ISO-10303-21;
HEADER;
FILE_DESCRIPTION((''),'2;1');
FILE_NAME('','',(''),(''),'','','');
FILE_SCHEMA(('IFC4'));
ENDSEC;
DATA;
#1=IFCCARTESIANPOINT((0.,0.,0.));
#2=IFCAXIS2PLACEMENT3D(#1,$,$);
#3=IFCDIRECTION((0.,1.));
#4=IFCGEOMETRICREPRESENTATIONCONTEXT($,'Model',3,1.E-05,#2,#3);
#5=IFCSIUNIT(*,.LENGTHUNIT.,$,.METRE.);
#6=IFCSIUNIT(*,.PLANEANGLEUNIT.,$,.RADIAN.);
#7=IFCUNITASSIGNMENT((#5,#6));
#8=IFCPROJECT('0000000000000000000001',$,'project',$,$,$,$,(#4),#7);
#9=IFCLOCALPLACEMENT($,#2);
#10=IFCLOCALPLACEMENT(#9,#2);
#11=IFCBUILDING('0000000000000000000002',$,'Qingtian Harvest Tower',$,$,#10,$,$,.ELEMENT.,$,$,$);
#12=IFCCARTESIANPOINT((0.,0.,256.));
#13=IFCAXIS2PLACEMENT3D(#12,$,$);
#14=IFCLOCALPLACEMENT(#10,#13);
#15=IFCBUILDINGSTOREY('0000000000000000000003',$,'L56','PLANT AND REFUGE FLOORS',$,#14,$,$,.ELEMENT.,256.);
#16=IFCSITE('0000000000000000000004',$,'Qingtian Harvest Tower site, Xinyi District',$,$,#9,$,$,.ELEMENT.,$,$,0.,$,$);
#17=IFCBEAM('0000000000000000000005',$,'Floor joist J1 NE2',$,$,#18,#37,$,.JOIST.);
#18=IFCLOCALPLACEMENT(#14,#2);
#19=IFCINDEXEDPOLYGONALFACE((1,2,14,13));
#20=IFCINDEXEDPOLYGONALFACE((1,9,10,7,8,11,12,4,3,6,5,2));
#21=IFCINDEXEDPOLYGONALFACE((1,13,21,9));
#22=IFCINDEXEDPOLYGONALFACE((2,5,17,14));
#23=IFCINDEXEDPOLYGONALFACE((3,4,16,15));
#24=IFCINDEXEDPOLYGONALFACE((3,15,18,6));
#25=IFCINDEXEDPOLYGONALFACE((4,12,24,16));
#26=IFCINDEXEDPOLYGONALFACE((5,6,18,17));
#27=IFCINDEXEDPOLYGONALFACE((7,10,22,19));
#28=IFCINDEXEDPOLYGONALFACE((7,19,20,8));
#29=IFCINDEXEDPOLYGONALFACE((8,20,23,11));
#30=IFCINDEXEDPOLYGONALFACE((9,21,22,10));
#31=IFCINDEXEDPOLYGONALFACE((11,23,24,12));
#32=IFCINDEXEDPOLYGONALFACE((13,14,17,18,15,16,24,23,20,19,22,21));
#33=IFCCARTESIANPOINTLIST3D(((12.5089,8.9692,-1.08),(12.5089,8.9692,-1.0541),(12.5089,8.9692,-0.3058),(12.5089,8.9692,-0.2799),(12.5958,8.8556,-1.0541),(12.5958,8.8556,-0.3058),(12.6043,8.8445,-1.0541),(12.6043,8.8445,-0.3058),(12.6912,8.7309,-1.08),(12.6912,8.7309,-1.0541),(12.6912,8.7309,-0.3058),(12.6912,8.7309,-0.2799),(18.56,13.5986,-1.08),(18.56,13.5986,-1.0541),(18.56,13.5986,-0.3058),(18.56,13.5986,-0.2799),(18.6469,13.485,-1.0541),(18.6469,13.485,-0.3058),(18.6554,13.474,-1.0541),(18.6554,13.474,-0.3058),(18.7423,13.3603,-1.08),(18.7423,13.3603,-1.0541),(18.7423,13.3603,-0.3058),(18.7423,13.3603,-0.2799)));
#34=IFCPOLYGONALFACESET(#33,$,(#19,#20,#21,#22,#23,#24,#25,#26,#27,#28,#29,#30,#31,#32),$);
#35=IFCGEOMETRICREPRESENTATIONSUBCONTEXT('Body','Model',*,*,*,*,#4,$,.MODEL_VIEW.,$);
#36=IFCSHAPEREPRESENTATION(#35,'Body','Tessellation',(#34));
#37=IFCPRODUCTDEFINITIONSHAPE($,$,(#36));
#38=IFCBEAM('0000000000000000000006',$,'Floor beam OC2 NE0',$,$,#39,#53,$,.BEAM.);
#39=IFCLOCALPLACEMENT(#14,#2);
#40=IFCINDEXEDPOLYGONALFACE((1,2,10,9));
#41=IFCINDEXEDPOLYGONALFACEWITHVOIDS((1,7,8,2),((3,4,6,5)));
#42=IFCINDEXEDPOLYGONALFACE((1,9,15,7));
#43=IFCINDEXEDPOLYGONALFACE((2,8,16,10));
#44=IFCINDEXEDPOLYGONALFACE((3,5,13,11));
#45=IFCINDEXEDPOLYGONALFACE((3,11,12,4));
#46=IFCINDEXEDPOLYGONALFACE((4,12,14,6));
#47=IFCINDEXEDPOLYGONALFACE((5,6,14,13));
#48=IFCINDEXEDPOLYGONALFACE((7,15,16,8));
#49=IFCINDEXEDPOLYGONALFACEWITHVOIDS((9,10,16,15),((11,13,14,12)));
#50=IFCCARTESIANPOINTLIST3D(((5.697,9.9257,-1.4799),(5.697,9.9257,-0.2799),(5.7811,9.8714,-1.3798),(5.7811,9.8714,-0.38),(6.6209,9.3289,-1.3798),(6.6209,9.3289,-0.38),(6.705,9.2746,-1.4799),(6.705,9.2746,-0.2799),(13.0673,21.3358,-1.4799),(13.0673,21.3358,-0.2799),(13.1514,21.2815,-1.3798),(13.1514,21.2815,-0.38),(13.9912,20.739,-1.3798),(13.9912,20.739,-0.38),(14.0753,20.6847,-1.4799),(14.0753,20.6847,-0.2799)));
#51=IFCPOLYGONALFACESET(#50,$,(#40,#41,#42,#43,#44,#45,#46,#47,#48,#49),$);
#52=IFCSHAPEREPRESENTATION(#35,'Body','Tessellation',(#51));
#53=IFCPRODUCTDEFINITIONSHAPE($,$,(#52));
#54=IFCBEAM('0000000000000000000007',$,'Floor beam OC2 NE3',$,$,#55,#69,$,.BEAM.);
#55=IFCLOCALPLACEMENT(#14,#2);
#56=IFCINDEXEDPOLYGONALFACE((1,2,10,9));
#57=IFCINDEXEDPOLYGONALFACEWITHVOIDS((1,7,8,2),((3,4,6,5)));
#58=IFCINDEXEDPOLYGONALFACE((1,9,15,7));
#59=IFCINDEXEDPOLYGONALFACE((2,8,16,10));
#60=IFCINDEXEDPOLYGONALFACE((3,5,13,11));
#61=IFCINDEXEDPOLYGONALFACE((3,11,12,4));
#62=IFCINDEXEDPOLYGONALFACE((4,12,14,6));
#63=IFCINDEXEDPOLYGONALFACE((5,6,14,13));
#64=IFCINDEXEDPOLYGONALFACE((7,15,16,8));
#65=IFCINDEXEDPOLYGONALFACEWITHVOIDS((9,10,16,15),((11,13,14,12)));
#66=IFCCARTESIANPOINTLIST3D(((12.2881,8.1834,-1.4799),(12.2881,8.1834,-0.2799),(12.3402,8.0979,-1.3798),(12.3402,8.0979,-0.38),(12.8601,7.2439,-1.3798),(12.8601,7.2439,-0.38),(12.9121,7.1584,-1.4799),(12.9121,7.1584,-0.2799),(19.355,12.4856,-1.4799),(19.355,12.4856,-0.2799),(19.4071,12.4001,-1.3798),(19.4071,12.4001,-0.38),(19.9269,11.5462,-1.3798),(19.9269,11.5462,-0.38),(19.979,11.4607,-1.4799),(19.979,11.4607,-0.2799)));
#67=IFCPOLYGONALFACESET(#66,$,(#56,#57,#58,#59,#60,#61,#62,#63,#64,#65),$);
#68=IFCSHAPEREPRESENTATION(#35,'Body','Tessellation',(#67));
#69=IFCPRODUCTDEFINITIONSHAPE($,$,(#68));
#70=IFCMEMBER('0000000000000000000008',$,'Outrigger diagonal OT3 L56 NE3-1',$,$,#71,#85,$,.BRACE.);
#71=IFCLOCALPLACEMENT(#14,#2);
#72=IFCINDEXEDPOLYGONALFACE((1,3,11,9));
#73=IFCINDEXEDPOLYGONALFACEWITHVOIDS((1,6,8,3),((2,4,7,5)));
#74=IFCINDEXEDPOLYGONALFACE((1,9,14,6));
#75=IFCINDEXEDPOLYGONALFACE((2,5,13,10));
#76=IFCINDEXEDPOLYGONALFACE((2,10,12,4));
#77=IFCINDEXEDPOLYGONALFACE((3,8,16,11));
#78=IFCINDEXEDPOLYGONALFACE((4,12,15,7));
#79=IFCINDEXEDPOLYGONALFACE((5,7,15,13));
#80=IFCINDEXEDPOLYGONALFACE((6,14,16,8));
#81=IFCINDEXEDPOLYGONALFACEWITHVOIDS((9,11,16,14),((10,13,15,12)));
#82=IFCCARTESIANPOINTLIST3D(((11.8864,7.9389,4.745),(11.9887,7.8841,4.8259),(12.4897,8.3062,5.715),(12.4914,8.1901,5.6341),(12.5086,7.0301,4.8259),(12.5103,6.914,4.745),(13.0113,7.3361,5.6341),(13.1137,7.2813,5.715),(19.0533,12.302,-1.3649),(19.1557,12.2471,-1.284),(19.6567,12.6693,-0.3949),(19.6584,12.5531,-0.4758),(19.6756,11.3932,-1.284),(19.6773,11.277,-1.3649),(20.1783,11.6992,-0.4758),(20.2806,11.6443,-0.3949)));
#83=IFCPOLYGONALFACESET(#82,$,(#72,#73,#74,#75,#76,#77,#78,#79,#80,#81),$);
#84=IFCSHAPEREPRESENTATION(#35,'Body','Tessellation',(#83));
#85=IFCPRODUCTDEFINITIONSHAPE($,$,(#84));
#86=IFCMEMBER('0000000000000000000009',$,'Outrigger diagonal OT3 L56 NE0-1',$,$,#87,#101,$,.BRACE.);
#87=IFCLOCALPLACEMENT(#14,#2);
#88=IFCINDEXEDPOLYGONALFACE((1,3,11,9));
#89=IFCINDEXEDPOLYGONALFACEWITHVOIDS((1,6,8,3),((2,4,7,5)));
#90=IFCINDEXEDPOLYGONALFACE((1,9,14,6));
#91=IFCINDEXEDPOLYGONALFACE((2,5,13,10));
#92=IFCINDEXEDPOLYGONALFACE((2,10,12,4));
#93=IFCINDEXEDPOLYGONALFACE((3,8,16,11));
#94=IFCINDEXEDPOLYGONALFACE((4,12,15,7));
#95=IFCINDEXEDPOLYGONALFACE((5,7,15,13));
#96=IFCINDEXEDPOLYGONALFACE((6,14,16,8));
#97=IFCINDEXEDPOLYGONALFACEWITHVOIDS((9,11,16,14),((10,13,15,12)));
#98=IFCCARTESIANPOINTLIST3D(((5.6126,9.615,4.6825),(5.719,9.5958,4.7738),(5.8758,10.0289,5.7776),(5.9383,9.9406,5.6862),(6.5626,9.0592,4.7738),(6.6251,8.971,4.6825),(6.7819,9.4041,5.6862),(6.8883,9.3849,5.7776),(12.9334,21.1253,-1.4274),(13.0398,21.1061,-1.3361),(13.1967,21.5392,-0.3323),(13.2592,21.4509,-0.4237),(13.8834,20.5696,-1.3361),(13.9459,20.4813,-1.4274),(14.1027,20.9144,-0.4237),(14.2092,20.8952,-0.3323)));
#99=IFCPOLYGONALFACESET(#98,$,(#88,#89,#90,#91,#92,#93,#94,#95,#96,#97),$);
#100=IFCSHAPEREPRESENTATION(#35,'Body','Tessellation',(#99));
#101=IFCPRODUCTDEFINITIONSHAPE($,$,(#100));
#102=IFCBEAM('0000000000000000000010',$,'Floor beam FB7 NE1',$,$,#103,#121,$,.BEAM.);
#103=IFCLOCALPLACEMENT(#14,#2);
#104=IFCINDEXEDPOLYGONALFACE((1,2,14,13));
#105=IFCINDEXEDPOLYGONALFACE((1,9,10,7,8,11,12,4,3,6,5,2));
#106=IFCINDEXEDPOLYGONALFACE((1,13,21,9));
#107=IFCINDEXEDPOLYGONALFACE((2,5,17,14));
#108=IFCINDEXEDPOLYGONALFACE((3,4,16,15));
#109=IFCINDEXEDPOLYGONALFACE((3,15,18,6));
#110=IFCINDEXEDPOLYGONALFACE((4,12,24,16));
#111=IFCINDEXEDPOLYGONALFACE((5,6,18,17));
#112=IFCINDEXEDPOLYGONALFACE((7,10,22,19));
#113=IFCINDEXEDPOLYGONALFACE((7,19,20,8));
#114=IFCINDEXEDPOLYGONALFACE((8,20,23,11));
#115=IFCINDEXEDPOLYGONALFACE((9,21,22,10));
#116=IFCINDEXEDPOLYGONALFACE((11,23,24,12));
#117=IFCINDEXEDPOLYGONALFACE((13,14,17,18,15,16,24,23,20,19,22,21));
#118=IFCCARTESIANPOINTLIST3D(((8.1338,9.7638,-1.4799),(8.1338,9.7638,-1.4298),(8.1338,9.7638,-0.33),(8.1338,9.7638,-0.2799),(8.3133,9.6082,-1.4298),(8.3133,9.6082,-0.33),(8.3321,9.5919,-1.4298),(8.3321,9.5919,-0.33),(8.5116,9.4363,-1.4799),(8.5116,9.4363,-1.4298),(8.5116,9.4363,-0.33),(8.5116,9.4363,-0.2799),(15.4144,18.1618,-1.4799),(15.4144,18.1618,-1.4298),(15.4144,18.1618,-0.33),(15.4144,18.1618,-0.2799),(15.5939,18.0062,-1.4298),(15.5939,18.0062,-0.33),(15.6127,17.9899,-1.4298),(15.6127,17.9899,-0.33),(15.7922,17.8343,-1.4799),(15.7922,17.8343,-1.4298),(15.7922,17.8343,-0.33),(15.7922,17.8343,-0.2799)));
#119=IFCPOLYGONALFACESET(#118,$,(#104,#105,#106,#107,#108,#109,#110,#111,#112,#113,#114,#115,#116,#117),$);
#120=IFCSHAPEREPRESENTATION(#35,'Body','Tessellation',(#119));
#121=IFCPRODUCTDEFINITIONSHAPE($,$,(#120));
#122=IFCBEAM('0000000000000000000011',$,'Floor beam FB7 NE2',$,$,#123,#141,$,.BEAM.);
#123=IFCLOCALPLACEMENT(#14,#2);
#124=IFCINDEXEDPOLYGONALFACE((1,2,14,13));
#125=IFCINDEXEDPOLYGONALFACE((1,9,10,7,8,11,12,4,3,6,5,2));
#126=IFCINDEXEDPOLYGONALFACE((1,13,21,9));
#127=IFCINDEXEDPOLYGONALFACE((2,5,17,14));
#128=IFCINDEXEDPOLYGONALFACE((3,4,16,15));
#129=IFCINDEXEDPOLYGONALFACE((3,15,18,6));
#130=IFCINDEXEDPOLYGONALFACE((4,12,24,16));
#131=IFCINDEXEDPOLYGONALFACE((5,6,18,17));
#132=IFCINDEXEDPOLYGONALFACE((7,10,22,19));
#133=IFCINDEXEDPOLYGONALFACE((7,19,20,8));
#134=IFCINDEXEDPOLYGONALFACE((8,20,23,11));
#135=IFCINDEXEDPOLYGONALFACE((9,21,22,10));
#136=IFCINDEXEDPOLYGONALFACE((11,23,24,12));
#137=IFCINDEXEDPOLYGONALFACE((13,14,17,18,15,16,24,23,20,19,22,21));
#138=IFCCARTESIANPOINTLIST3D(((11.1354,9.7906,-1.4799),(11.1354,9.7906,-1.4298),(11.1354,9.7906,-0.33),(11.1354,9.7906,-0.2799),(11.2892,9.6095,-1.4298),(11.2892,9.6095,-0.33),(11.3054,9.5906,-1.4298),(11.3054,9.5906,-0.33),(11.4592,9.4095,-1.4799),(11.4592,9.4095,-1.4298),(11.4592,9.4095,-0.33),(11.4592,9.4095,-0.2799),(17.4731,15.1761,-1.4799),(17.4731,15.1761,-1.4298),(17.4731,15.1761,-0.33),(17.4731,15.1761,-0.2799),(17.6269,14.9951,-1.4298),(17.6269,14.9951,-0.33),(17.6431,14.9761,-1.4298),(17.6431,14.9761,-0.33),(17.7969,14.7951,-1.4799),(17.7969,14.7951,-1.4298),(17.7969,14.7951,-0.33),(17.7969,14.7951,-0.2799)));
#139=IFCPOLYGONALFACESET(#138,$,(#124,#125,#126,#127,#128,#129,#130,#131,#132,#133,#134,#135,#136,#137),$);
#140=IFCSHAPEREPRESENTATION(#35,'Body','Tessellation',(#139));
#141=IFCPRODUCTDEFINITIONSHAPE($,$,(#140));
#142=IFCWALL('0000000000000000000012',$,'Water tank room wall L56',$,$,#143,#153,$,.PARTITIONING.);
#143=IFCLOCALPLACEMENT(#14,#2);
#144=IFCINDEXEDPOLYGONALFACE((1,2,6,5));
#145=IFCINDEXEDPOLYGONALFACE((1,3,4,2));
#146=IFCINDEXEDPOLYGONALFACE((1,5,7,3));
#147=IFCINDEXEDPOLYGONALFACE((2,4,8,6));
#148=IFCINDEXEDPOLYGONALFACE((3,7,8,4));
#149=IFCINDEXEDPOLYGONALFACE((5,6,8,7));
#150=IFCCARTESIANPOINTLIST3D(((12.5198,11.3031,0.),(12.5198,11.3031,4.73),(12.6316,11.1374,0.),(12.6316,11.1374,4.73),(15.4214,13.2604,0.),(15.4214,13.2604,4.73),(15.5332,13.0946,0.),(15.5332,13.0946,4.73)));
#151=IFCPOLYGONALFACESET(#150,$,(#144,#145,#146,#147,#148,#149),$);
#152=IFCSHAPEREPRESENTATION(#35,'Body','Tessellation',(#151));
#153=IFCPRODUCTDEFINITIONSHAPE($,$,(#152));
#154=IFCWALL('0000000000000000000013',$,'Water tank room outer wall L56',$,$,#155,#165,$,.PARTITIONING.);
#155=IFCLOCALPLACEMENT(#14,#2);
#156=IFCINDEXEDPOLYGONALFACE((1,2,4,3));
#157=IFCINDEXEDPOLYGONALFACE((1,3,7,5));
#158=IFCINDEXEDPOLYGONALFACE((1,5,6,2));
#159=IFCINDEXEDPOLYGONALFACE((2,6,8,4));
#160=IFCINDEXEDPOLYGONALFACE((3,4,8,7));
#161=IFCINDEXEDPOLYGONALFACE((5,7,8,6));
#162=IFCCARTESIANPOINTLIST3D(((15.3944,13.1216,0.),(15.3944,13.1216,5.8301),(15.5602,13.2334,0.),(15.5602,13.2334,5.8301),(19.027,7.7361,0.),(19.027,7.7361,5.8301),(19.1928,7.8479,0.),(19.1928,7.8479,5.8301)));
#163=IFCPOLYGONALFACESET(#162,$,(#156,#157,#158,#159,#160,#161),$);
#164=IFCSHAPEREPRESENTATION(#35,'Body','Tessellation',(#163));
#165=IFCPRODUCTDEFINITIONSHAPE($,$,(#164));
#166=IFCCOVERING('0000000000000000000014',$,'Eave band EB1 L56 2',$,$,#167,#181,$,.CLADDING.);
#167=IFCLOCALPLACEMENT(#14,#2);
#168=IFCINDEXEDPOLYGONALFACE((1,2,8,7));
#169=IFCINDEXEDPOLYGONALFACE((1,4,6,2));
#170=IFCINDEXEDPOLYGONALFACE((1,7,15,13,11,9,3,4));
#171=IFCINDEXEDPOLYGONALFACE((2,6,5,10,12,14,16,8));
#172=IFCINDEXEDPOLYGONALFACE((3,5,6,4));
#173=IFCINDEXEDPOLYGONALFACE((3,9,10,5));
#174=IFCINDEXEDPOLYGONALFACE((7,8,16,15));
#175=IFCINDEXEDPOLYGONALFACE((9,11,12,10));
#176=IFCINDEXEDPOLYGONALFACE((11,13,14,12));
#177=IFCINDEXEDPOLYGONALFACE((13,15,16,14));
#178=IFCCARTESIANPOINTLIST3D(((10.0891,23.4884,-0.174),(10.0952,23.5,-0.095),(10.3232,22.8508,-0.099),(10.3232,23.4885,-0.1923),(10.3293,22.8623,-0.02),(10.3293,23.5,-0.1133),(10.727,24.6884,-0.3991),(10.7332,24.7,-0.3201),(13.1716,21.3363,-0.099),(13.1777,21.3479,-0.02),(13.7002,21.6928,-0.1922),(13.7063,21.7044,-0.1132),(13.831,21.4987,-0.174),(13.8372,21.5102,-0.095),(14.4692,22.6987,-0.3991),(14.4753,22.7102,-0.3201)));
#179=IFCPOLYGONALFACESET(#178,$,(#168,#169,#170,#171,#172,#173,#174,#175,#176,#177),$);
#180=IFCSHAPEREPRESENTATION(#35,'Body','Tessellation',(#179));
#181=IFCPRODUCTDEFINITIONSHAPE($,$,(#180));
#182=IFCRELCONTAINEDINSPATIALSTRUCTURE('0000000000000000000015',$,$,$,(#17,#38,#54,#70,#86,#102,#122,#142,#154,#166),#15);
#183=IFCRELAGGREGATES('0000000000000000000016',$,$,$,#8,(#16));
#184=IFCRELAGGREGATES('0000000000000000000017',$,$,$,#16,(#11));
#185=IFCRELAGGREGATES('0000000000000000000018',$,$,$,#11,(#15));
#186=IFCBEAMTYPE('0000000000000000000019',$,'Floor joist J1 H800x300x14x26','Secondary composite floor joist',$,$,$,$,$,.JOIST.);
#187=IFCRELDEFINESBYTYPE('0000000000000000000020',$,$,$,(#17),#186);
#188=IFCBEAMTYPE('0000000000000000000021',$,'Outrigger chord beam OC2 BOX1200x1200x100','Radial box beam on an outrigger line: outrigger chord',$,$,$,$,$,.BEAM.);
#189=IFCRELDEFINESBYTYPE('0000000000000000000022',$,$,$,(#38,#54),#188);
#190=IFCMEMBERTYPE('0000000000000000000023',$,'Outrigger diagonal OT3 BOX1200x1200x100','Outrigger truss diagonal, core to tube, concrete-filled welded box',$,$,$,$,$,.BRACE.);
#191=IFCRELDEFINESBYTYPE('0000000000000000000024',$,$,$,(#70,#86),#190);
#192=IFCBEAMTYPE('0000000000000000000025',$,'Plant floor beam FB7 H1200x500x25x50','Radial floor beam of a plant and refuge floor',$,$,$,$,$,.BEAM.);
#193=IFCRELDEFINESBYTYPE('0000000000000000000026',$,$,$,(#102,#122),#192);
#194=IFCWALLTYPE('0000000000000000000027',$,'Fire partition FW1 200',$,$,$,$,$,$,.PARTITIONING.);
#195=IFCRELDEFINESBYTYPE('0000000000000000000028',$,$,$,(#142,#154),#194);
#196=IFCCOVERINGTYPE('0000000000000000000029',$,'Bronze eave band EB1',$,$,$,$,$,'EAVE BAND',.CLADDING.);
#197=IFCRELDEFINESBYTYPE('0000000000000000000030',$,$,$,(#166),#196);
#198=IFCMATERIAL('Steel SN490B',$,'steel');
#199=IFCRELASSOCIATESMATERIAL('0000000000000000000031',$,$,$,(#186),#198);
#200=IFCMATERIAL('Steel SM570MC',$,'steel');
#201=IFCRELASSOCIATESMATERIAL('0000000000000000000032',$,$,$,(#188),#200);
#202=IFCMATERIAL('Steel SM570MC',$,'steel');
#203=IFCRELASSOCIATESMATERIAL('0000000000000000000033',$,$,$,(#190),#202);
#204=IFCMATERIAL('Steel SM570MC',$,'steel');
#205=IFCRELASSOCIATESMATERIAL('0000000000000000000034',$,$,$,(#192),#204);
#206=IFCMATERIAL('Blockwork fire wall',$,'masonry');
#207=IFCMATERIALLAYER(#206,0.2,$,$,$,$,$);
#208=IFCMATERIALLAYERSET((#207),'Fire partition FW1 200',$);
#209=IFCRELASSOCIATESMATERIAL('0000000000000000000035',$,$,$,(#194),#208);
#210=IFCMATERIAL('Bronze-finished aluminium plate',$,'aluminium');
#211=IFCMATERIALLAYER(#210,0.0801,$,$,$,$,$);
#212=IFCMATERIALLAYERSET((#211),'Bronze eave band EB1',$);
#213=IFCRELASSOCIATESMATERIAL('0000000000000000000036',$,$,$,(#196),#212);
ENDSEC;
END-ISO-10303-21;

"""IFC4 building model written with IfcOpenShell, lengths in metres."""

from ifc_helpers import new_model, si_unit, direction, frame, frame_2d, origin, origin_2d, place, context, subcontext, project, spatial, polyline, rectangle, hollow_rectangle, i_section, outline, extrude, material, layer, layer_set, material_profile, profile_set, type_object, element, save


model = new_model("IFC4")

# Units and contexts
model_context = context("Model", 3, precision=1e-05, world=origin(), true_north=direction((0.0, 1.0)))
body_context = subcontext(model_context, "Body", "Model", "MODEL_VIEW")
ifc_project = project(units=[si_unit("LENGTHUNIT", "METRE"), si_unit("PLANEANGLEUNIT", "RADIAN")], contexts=[model_context])

# Site, building, storey
site_placement = place(None, origin())
site = spatial("IfcSite", under=ifc_project, at=site_placement, Name="Qingtian Harvest Tower site, Xinyi District", CompositionType="ELEMENT", RefElevation=0.0)
building_placement = place(site_placement, origin())
building = spatial("IfcBuilding", under=site, at=building_placement, Name="Qingtian Harvest Tower", CompositionType="ELEMENT")
storey_placement = place(building_placement, frame((0.0, 0.0, 256.0)))
storey = spatial("IfcBuildingStorey", under=building, at=storey_placement, Name="L56", Description="PLANT AND REFUGE FLOORS", CompositionType="ELEMENT", Elevation=256.0)

# Beams
ifc_material_1 = material(Name="Steel SN490B", Category="steel")
ifc_material_profile_1 = material_profile(ifc_material_1, i_section(OverallWidth=0.3, OverallDepth=0.8, WebThickness=0.0139, FlangeThickness=0.0259, at=origin_2d()), Name="H800x300x14x26")
ifc_profile_set_1 = profile_set([ifc_material_profile_1], Name="Steel SN490B")
beam_type_1 = type_object("IfcBeamType", Name="Floor joist J1 H800x300x14x26", Description="Secondary composite floor joist", PredefinedType="JOIST", material=ifc_profile_set_1)
beam_1_placement = place(storey_placement, frame((18.6511, 13.4795, -0.6799), z_axis=(-0.794222, -0.607627, 0.0), x_axis=(0.607627, -0.794222, 0.0)))
element("IfcBeam", 1, at=beam_1_placement, inside=storey, type_object=beam_type_1, Name="Floor joist J1 NE2", PredefinedType="JOIST", context=body_context, shape_type="SweptSolid", body=[
    extrude(i_section(OverallWidth=0.3, OverallDepth=0.8, WebThickness=0.0139, FlangeThickness=0.0259, at=origin_2d()), origin(), (0.0, 0.0, 1.0), 7.6189),
])
ifc_material_2 = material(Name="Steel SM570MC", Category="steel")
ifc_material_profile_2 = material_profile(ifc_material_2, hollow_rectangle(XDim=1.2, YDim=1.2, WallThickness=0.1001, at=origin_2d()), Name="BOX1200x1200x100")
ifc_profile_set_2 = profile_set([ifc_material_profile_2], Name="Steel SM570MC")
beam_type_2 = type_object("IfcBeamType", Name="Outrigger chord beam OC2 BOX1200x1200x100", Description="Radial box beam on an outrigger line: outrigger chord", PredefinedType="BEAM", material=ifc_profile_set_2)
beam_2_placement = place(storey_placement, frame((13.5713, 21.0103, -0.8799), z_axis=(-0.542593, -0.839996, 0.0), x_axis=(0.839996, -0.542593, 0.0)))
element("IfcBeam", 2, at=beam_2_placement, inside=storey, type_object=beam_type_2, Name="Floor beam OC2 NE0", PredefinedType="BEAM", context=body_context, shape_type="SweptSolid", body=[
    extrude(hollow_rectangle(XDim=1.2, YDim=1.2, WallThickness=0.1001, at=origin_2d()), origin(), (0.0, 0.0, 1.0), 13.5835),
])
beam_3_placement = place(storey_placement, frame((19.667, 11.9731, -0.8799), z_axis=(-0.854163, -0.520005, 0.0), x_axis=(0.520005, -0.854163, 0.0)))
element("IfcBeam", 3, at=beam_3_placement, inside=storey, type_object=beam_type_2, Name="Floor beam OC2 NE3", PredefinedType="BEAM", context=body_context, shape_type="SweptSolid", body=[
    extrude(hollow_rectangle(XDim=1.2, YDim=1.2, WallThickness=0.1001, at=origin_2d()), origin(), (0.0, 0.0, 1.0), 8.2734),
])

# Members
ifc_material_3 = material(Name="Steel SM570MC", Category="steel")
ifc_material_profile_3 = material_profile(ifc_material_3, hollow_rectangle(XDim=1.2, YDim=1.2, WallThickness=0.1001, at=origin_2d()), Name="BOX1200x1200x100")
ifc_profile_set_3 = profile_set([ifc_material_profile_3], Name="Steel SM570MC")
member_type_1 = type_object("IfcMemberType", Name="Outrigger diagonal OT3 BOX1200x1200x100", Description="Outrigger truss diagonal, core to tube, concrete-filled welded box", PredefinedType="BRACE", material=ifc_profile_set_3)
member_1_placement = place(storey_placement, frame((19.667, 11.9731, -0.8799), z_axis=(-0.6905, -0.420355, 0.588652), x_axis=(0.519992, -0.854171, 0.0)))
element("IfcMember", 4, at=member_1_placement, inside=storey, type_object=member_type_1, Name="Outrigger diagonal OT3 L56 NE3-1", PredefinedType="BRACE", context=body_context, shape_type="SweptSolid", body=[
    extrude(hollow_rectangle(XDim=1.2, YDim=1.2, WallThickness=0.1001, at=origin_2d()), origin(), (0.0, 0.0, 1.0), 10.3794),
])
member_2_placement = place(storey_placement, frame((13.5713, 21.0103, -0.8799), z_axis=(-0.489786, -0.770075, 0.408771), x_axis=(0.843791, -0.536672, 0.0)))
element("IfcMember", 5, at=member_2_placement, inside=storey, type_object=member_type_1, Name="Outrigger diagonal OT3 L56 NE0-1", PredefinedType="BRACE", context=body_context, shape_type="SweptSolid", body=[
    extrude(hollow_rectangle(XDim=1.2, YDim=1.2, WallThickness=0.1001, at=origin_2d()), origin(), (0.0, 0.0, 1.0), 14.947),
])

# Beams
ifc_material_4 = material(Name="Steel SM570MC", Category="steel")
ifc_material_profile_4 = material_profile(ifc_material_4, i_section(OverallWidth=0.5, OverallDepth=1.2, WebThickness=0.0249, FlangeThickness=0.05, at=origin_2d()), Name="H1200x500x25x50")
ifc_profile_set_4 = profile_set([ifc_material_profile_4], Name="Steel SM570MC")
beam_type_3 = type_object("IfcBeamType", Name="Plant floor beam FB7 H1200x500x25x50", Description="Radial floor beam of a plant and refuge floor", PredefinedType="BEAM", material=ifc_profile_set_4)
beam_4_placement = place(storey_placement, frame((15.6033, 17.998, -0.8799), z_axis=(-0.655048, -0.755587, 0.0), x_axis=(0.755587, -0.655048, 0.0)))
element("IfcBeam", 6, at=beam_4_placement, inside=storey, type_object=beam_type_3, Name="Floor beam FB7 NE1", PredefinedType="BEAM", context=body_context, shape_type="SweptSolid", body=[
    extrude(i_section(OverallWidth=0.5, OverallDepth=1.2, WebThickness=0.0249, FlangeThickness=0.05, at=origin_2d()), origin(), (0.0, 0.0, 1.0), 11.1145),
])
beam_5_placement = place(storey_placement, frame((17.635, 14.9856, -0.8799), z_axis=(-0.762028, -0.647544, 0.0), x_axis=(0.647544, -0.762028, 0.0)))
element("IfcBeam", 7, at=beam_5_placement, inside=storey, type_object=beam_type_3, Name="Floor beam FB7 NE2", PredefinedType="BEAM", context=body_context, shape_type="SweptSolid", body=[
    extrude(i_section(OverallWidth=0.5, OverallDepth=1.2, WebThickness=0.0249, FlangeThickness=0.05, at=origin_2d()), origin(), (0.0, 0.0, 1.0), 8.3169),
])

# Walls
ifc_material_5 = material(Name="Blockwork fire wall", Category="masonry")
ifc_layer_1 = layer(ifc_material_5, 0.2)
ifc_layer_set_1 = layer_set([ifc_layer_1], Name="Fire partition FW1 200")
wall_type = type_object("IfcWallType", Name="Fire partition FW1 200", PredefinedType="PARTITIONING", material=ifc_layer_set_1)
wall_1_placement = place(storey_placement, frame((15.4773, 13.1775, 0.0), z_axis=(0.0, 0.0, 1.0), x_axis=(-0.829022, -0.559215, 0.0)))
element("IfcWall", 8, at=wall_1_placement, inside=storey, type_object=wall_type, Name="Water tank room wall L56", PredefinedType="PARTITIONING", context=body_context, shape_type="SweptSolid", body=[
    extrude(rectangle(XDim=3.5, YDim=0.2, at=frame_2d((1.75, 0.0))), origin(), (0.0, 0.0, 1.0), 4.73),
])
wall_2_placement = place(storey_placement, frame((15.4773, 13.1775, 0.0), z_axis=(0.0, 0.0, 1.0), x_axis=(0.559193, -0.829037, 0.0)))
element("IfcWall", 9, at=wall_2_placement, inside=storey, type_object=wall_type, Name="Water tank room outer wall L56", PredefinedType="PARTITIONING", context=body_context, shape_type="SweptSolid", body=[
    extrude(rectangle(XDim=6.4961, YDim=0.2, at=frame_2d((3.248, 0.0))), origin(), (0.0, 0.0, 1.0), 5.8301),
])

# Covering
ifc_material_6 = material(Name="Bronze-finished aluminium plate", Category="aluminium")
ifc_layer_2 = layer(ifc_material_6, 0.0801)
ifc_layer_set_2 = layer_set([ifc_layer_2], Name="Bronze eave band EB1")
covering_type = type_object("IfcCoveringType", Name="Bronze eave band EB1", ElementType="EAVE BAND", PredefinedType="CLADDING", material=ifc_layer_set_2)
covering_1_placement = place(storey_placement, frame((10.3293, 22.8623, -0.02), z_axis=(0.076693, 0.144235, 0.986567), x_axis=(0.000004, 0.989481, -0.144662)))
element("IfcCovering", 10, at=covering_1_placement, inside=storey, type_object=covering_type, Name="Eave band EB1 L56 2", PredefinedType="CLADDING", context=body_context, shape_type="SweptSolid", body=[
    extrude(outline(polyline([(0.0, 0.0), (0.6445, 0.0), (0.6418, 0.2348), (1.8617, -0.405), (-0.1071, -4.1582), (-1.327, -3.5182), (-1.1323, -3.3869), (-1.4985, -2.8568), (0.0, 0.0)])), origin(), (0.0, 0.0, -1.0), 0.0801),
])

save(model, "model.ifc")
